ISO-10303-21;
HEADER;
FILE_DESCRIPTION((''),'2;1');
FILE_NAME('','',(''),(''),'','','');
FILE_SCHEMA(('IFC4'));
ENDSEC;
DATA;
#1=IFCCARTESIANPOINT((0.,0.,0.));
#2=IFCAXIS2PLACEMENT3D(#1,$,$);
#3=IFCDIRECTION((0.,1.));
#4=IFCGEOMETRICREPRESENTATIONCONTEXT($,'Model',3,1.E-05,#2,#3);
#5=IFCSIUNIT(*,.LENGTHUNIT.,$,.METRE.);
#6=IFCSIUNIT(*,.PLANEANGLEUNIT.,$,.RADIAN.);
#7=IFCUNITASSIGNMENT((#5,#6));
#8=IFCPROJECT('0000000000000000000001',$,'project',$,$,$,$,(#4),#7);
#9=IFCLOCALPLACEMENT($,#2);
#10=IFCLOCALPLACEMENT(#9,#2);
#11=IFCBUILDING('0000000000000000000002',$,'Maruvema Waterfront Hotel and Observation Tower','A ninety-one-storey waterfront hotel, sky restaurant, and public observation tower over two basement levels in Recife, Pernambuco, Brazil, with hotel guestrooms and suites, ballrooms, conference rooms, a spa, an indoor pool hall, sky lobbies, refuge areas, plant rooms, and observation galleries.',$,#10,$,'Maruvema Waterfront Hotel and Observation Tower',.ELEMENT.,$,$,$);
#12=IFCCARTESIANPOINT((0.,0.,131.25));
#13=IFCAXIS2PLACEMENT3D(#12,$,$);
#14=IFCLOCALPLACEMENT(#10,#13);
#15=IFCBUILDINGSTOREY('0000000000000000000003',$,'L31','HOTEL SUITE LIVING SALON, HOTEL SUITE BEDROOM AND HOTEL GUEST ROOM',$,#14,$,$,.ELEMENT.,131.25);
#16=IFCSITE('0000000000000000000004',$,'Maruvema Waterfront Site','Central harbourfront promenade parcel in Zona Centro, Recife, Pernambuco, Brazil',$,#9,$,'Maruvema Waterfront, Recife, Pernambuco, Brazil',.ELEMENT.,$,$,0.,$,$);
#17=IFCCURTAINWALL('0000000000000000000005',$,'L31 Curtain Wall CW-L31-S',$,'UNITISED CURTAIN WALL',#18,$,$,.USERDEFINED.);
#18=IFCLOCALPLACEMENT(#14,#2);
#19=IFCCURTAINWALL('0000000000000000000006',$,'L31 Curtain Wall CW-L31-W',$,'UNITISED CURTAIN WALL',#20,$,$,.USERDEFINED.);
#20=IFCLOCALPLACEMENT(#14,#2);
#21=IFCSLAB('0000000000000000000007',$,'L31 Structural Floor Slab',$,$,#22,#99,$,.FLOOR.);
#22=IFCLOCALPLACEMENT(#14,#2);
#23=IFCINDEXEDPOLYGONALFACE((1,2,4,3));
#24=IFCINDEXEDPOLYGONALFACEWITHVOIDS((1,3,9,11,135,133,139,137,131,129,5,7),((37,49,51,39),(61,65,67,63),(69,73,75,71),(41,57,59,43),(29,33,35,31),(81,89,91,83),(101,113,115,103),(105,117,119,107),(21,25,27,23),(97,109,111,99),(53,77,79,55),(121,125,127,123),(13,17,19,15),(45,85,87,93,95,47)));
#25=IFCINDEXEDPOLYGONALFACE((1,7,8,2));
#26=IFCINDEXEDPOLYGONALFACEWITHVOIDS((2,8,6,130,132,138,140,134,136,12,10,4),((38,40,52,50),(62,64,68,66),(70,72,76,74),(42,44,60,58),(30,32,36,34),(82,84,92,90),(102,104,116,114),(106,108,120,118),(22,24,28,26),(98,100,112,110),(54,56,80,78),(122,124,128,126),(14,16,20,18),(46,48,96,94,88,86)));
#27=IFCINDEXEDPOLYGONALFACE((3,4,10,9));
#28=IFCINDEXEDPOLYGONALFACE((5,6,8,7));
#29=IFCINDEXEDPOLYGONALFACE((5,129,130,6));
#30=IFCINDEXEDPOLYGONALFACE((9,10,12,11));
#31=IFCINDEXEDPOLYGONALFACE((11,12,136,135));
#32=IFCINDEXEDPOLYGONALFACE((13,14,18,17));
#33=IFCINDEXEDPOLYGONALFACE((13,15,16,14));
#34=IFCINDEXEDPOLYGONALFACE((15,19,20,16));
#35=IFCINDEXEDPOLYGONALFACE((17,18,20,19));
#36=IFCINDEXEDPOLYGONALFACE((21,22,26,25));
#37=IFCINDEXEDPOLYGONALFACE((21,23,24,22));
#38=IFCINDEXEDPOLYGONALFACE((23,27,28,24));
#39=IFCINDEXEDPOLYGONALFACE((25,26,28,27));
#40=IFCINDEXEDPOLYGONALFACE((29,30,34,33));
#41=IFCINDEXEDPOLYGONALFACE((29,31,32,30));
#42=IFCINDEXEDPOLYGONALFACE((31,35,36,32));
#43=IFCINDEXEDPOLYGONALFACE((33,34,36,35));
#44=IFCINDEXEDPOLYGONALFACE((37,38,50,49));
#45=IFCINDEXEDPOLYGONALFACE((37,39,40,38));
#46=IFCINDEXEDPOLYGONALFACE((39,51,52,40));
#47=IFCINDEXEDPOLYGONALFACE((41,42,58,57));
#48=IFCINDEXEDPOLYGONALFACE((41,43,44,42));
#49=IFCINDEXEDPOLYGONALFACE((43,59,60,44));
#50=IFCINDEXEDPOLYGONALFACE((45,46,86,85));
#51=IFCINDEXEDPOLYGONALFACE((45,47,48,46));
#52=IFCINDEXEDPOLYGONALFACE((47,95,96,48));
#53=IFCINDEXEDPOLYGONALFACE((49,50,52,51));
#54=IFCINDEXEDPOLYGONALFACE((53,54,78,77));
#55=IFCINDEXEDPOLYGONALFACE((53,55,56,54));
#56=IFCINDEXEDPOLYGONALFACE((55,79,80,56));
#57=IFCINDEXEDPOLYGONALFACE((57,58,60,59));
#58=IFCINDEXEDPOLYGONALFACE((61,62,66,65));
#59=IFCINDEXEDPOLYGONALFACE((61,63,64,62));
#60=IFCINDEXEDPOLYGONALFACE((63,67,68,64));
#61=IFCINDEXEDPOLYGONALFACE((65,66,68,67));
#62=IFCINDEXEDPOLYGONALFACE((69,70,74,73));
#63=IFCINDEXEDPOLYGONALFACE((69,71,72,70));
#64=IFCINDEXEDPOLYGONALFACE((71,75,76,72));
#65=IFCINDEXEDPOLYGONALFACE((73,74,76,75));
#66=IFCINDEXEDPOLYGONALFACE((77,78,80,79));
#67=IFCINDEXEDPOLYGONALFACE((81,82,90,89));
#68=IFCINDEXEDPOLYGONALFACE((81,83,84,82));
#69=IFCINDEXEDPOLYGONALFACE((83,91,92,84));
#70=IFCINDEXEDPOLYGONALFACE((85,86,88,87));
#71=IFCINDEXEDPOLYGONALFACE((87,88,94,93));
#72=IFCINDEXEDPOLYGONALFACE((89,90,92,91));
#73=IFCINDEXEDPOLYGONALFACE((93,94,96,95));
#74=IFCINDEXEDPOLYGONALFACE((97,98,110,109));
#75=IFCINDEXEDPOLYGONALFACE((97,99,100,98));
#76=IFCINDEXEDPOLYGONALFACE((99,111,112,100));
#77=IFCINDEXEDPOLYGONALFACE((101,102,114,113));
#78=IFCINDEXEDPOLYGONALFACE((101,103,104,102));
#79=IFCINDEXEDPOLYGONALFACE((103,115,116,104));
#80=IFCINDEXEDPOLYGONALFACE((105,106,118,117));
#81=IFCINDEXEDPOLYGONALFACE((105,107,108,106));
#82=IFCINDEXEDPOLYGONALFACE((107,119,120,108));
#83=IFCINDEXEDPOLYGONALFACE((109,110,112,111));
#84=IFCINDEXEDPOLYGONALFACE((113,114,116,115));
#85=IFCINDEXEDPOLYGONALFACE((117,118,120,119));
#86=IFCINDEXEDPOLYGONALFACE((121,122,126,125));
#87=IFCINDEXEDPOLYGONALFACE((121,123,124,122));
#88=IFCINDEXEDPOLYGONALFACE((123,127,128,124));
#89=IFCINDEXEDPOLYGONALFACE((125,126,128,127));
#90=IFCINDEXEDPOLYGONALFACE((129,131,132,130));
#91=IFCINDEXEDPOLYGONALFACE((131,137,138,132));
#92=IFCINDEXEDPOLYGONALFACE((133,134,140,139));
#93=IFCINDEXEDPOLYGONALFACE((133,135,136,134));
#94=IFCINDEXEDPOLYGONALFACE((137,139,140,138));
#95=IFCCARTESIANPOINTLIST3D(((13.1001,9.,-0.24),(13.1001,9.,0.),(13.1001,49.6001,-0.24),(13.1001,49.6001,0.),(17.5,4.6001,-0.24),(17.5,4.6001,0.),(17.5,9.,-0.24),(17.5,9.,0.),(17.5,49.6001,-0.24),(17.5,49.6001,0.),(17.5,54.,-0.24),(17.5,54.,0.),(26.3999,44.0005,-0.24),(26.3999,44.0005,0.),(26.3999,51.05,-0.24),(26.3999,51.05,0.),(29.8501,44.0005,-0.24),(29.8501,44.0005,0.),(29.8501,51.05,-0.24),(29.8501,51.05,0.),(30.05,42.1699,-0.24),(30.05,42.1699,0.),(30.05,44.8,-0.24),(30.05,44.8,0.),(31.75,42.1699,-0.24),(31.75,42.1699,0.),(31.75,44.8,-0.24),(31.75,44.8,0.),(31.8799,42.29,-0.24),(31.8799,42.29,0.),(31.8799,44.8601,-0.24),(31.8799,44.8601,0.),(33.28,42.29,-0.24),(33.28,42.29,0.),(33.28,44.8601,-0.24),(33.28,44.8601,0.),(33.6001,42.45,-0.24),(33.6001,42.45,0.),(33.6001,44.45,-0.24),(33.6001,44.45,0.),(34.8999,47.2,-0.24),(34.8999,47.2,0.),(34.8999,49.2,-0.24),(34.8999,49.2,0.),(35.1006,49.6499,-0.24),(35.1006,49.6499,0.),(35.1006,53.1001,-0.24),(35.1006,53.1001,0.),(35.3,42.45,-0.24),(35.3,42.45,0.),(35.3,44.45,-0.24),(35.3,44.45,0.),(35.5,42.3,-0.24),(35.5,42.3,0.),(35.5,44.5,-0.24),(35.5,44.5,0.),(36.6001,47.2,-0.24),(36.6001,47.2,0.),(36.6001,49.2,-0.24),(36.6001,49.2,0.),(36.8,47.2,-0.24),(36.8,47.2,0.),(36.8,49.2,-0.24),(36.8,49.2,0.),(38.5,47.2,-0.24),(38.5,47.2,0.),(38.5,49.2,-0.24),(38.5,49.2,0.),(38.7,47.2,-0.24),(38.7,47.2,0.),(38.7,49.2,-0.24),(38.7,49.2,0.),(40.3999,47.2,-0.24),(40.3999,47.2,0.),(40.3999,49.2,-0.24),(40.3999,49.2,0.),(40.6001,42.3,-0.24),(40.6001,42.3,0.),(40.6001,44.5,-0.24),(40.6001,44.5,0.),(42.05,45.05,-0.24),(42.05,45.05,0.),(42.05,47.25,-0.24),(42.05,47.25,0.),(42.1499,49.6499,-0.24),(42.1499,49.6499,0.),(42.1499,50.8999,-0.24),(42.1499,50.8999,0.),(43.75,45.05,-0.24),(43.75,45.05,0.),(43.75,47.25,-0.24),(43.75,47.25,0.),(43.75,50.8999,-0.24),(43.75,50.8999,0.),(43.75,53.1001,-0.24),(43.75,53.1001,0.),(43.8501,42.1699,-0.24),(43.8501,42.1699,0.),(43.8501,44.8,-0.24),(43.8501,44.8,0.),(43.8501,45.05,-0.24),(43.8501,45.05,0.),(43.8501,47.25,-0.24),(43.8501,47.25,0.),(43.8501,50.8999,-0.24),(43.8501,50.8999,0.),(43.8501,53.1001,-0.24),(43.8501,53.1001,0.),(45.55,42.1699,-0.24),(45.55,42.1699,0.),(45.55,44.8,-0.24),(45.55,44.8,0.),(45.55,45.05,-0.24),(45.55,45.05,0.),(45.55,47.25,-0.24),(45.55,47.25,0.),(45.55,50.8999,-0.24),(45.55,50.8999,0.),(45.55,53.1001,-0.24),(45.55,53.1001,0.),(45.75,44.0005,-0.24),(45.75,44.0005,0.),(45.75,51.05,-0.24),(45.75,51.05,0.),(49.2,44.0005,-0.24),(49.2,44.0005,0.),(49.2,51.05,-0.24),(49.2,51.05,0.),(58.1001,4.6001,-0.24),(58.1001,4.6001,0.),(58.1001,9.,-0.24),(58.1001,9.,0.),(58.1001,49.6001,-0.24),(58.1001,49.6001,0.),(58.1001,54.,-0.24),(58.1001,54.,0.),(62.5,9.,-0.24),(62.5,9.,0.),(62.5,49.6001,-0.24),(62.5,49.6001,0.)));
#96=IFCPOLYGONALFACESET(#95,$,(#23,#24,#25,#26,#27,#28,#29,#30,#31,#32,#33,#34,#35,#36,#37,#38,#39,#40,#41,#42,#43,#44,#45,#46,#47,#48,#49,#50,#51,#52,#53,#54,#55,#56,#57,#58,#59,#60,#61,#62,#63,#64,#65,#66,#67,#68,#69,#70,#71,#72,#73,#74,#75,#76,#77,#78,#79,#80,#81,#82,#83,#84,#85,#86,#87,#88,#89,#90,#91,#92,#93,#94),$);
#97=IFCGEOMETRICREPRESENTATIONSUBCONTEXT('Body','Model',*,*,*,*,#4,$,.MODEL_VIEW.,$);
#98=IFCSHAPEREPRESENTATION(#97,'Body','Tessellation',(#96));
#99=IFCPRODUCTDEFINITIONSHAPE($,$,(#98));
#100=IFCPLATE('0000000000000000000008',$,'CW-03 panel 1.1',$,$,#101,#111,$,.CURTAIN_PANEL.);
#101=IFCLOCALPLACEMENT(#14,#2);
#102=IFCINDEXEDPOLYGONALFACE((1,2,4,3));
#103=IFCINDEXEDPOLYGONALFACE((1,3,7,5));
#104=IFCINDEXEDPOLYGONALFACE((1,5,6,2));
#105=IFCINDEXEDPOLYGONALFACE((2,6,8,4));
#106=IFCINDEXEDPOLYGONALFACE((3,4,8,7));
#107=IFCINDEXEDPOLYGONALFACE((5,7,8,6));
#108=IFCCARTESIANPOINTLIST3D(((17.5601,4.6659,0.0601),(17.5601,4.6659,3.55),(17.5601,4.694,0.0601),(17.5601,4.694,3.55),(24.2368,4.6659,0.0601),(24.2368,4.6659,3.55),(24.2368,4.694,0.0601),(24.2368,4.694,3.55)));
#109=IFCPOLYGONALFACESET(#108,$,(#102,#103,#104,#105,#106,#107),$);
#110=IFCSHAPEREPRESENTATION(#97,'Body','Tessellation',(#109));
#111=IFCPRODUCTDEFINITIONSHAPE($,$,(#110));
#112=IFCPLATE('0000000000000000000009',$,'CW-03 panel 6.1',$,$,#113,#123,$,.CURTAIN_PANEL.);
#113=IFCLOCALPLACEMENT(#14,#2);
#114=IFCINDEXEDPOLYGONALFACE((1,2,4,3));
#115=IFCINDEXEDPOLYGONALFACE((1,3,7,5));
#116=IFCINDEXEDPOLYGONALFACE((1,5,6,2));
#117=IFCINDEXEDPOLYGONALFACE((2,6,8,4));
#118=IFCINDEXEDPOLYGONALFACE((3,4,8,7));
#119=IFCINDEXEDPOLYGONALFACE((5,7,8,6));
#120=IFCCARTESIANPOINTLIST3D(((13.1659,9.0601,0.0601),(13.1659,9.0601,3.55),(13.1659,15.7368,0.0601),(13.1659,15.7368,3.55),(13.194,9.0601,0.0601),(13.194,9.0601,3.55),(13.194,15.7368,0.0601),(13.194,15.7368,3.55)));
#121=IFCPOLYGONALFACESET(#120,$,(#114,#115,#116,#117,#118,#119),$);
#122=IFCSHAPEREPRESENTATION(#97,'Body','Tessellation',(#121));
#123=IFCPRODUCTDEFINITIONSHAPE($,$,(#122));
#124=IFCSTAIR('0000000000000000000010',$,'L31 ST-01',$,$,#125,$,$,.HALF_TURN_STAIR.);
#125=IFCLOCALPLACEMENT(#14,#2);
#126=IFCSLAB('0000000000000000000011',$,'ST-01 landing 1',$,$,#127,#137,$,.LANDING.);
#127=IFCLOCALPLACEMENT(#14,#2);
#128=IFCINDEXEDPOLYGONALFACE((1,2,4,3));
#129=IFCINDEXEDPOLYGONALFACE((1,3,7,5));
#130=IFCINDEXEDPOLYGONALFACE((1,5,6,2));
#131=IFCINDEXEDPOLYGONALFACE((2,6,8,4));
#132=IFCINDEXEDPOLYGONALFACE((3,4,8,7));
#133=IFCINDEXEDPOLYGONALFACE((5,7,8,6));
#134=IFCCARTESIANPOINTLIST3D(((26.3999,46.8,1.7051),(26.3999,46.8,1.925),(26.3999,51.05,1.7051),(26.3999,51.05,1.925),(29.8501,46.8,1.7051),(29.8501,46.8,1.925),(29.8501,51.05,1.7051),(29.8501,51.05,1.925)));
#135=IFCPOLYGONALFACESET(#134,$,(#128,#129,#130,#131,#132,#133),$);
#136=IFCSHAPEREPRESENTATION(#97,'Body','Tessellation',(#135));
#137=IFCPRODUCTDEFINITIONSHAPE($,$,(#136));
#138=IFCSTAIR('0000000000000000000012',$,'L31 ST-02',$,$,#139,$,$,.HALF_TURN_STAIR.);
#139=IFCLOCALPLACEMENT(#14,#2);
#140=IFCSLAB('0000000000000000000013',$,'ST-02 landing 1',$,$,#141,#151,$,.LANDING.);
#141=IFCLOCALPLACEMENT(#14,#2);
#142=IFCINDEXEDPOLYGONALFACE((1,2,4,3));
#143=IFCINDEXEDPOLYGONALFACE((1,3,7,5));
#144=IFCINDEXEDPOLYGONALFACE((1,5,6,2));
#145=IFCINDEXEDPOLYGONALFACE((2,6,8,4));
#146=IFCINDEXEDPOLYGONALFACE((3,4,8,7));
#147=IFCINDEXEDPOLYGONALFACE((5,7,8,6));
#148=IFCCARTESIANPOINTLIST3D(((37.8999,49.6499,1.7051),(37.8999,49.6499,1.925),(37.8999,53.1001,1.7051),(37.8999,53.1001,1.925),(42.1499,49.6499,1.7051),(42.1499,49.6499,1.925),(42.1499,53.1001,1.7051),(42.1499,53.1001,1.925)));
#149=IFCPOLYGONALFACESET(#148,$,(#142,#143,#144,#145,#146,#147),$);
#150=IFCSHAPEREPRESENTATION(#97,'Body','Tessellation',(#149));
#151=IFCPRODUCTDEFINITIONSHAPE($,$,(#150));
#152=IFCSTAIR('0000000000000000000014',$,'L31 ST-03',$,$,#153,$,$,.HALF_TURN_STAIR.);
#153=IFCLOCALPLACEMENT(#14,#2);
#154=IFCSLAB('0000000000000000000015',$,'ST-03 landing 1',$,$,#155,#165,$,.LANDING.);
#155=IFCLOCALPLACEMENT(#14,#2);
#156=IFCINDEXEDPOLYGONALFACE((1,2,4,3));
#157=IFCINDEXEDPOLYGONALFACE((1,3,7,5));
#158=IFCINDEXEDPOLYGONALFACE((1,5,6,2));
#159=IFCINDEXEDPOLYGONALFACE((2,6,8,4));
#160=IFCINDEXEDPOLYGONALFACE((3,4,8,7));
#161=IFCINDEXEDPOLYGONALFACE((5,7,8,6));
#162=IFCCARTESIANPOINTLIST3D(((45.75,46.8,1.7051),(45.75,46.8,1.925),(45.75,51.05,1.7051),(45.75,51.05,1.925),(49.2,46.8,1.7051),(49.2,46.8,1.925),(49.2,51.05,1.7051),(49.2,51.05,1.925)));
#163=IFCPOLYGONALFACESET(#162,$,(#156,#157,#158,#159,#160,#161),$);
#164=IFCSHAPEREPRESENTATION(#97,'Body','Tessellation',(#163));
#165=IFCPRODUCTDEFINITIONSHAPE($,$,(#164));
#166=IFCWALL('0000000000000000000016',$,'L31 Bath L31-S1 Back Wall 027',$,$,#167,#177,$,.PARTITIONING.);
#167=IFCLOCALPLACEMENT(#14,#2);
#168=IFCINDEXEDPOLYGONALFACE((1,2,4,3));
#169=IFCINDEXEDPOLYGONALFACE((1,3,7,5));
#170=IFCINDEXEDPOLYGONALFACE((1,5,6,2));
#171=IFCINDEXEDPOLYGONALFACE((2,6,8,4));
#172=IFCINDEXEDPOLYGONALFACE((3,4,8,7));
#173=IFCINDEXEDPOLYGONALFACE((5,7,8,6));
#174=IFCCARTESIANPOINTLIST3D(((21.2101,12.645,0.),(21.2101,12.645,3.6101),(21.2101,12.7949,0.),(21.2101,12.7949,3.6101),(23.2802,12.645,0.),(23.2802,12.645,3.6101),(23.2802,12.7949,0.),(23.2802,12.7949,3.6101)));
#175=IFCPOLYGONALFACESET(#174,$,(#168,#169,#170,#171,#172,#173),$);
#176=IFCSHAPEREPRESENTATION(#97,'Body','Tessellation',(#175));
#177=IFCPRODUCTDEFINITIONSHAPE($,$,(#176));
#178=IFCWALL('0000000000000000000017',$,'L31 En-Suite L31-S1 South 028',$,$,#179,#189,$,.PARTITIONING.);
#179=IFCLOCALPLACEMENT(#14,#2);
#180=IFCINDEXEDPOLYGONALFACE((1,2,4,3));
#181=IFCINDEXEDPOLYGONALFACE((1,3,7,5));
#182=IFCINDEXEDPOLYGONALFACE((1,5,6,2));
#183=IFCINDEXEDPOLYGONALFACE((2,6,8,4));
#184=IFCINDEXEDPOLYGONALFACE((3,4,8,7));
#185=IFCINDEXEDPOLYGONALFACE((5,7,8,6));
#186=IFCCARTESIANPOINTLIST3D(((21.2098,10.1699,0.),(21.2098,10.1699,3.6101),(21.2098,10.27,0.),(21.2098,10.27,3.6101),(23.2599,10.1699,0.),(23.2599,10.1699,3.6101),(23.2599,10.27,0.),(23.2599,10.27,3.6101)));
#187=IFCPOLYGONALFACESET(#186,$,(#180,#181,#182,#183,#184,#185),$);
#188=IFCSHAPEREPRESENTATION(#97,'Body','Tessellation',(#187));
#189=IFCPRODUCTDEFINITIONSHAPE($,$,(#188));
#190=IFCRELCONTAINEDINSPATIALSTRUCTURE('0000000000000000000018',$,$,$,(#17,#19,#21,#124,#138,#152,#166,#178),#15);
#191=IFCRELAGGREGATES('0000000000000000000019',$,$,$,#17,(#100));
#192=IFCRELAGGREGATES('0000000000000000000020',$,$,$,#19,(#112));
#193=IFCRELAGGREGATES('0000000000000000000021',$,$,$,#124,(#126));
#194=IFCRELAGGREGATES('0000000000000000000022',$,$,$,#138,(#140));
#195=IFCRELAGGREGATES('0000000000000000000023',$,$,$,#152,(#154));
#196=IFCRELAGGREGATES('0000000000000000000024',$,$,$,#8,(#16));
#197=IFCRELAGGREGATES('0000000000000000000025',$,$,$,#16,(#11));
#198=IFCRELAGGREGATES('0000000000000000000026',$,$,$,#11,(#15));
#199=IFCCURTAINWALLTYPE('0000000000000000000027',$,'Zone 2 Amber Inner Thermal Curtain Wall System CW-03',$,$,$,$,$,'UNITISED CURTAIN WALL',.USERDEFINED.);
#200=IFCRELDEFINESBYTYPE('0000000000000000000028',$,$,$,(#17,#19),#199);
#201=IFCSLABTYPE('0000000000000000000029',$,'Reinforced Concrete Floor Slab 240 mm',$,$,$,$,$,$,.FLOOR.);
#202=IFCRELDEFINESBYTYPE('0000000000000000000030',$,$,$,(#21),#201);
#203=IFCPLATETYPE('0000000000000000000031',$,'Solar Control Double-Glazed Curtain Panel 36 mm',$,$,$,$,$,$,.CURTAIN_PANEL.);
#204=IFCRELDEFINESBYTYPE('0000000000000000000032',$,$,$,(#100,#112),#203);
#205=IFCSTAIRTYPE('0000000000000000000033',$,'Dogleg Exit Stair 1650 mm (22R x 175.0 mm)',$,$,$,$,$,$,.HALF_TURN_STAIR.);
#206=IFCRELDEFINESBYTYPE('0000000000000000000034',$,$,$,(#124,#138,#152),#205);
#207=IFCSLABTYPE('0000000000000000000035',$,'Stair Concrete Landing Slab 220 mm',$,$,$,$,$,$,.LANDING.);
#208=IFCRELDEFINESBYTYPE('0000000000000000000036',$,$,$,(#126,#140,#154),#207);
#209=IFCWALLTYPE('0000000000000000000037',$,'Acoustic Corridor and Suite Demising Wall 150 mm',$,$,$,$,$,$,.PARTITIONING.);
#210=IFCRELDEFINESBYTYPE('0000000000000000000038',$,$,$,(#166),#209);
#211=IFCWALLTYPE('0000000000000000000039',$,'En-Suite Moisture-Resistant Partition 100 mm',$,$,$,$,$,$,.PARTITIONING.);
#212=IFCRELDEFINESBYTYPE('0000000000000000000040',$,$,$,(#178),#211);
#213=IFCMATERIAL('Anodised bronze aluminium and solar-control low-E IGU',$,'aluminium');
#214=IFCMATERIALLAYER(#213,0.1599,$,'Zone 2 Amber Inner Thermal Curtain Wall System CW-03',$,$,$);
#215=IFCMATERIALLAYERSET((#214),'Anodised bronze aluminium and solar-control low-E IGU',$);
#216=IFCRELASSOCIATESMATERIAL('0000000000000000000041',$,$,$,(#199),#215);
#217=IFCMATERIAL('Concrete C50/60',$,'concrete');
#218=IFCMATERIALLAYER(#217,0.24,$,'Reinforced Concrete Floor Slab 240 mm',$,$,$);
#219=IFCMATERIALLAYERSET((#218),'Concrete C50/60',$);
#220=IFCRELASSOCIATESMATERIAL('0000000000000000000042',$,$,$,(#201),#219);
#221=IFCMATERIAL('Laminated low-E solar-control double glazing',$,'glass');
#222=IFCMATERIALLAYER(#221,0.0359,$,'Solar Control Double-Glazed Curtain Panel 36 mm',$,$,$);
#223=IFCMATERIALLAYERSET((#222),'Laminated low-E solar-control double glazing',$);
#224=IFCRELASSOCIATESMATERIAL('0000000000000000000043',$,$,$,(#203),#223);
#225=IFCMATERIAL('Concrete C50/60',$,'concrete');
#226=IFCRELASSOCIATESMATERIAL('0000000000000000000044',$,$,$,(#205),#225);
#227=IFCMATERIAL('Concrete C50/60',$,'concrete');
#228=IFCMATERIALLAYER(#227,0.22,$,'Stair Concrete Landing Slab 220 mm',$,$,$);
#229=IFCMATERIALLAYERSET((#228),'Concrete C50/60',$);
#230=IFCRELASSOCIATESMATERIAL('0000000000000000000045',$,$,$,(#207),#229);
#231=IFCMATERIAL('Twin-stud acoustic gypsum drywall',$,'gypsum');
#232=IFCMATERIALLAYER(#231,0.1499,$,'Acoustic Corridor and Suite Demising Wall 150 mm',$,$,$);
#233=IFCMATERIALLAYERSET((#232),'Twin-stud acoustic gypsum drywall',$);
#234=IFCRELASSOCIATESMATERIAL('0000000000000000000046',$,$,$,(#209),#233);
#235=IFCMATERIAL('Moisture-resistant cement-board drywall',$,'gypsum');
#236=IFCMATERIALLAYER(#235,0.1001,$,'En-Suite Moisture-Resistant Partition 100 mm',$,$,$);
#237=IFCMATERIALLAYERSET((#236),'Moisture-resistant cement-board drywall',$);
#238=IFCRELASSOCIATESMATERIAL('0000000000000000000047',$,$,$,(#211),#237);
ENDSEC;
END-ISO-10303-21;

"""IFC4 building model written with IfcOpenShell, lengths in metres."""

from ifc_helpers import new_model, si_unit, direction, frame, frame_2d, origin, origin_2d, place, context, subcontext, project, spatial, polyline, rectangle, outline, extrude, material, layer, layer_set, type_object, element, aggregate, save


model = new_model("IFC4")

# Units and contexts
model_context = context("Model", 3, precision=1e-05, world=origin(), true_north=direction((0.0, 1.0)))
body_context = subcontext(model_context, "Body", "Model", "MODEL_VIEW")
ifc_project = project(units=[si_unit("LENGTHUNIT", "METRE"), si_unit("PLANEANGLEUNIT", "RADIAN")], contexts=[model_context])

# Site, building, storey
site_placement = place(None, origin())
site = spatial("IfcSite", under=ifc_project, at=site_placement, Name="Maruvema Waterfront Site", Description="Central harbourfront promenade parcel in Zona Centro, Recife, Pernambuco, Brazil", LongName="Maruvema Waterfront, Recife, Pernambuco, Brazil", CompositionType="ELEMENT", RefElevation=0.0)
building_placement = place(site_placement, origin())
building = spatial("IfcBuilding", under=site, at=building_placement, Name="Maruvema Waterfront Hotel and Observation Tower", Description="A ninety-one-storey waterfront hotel, sky restaurant, and public observation tower over two basement levels in Recife, Pernambuco, Brazil, with hotel guestrooms and suites, ballrooms, conference rooms, a spa, an indoor pool hall, sky lobbies, refuge areas, plant rooms, and observation galleries.", LongName="Maruvema Waterfront Hotel and Observation Tower", CompositionType="ELEMENT")
storey_placement = place(building_placement, frame((0.0, 0.0, 131.25)))
storey = spatial("IfcBuildingStorey", under=building, at=storey_placement, Name="L31", Description="HOTEL SUITE LIVING SALON, HOTEL SUITE BEDROOM AND HOTEL GUEST ROOM", CompositionType="ELEMENT", Elevation=131.25)

# Curtain wall
ifc_material_1 = material(Name="Anodised bronze aluminium and solar-control low-E IGU", Category="aluminium")
ifc_layer_1 = layer(ifc_material_1, 0.1599, Name="Zone 2 Amber Inner Thermal Curtain Wall System CW-03")
ifc_layer_set_1 = layer_set([ifc_layer_1], Name="Anodised bronze aluminium and solar-control low-E IGU")
curtain_wall_type = type_object("IfcCurtainWallType", Name="Zone 2 Amber Inner Thermal Curtain Wall System CW-03", ElementType="UNITISED CURTAIN WALL", PredefinedType="USERDEFINED", material=ifc_layer_set_1)
curtain_wall_1_placement = place(storey_placement, origin())
curtain_wall_1 = element("IfcCurtainWall", 1, at=curtain_wall_1_placement, inside=storey, type_object=curtain_wall_type, Name="L31 Curtain Wall CW-L31-S", ObjectType="UNITISED CURTAIN WALL", PredefinedType="USERDEFINED")

# Curtain wall
curtain_wall_2_placement = place(storey_placement, origin())
curtain_wall_2 = element("IfcCurtainWall", 2, at=curtain_wall_2_placement, inside=storey, type_object=curtain_wall_type, Name="L31 Curtain Wall CW-L31-W", ObjectType="UNITISED CURTAIN WALL", PredefinedType="USERDEFINED")

# Slab
ifc_material_2 = material(Name="Concrete C50/60", Category="concrete")
ifc_layer_2 = layer(ifc_material_2, 0.24, Name="Reinforced Concrete Floor Slab 240 mm")
ifc_layer_set_2 = layer_set([ifc_layer_2], Name="Concrete C50/60")
slab_type_1 = type_object("IfcSlabType", Name="Reinforced Concrete Floor Slab 240 mm", PredefinedType="FLOOR", material=ifc_layer_set_2)
slab_1_placement = place(storey_placement, frame((0.0, 0.0, -0.24)))
element("IfcSlab", 3, at=slab_1_placement, inside=storey, type_object=slab_type_1, Name="L31 Structural Floor Slab", PredefinedType="FLOOR", context=body_context, shape_type="SweptSolid", body=[
    extrude(outline(polyline([(17.5, 4.6001), (58.1001, 4.6001), (58.1001, 9.0), (62.5, 9.0), (62.5, 49.6001), (58.1001, 49.6001), (58.1001, 54.0), (17.5, 54.0), (17.5, 49.6001), (13.1001, 49.6001), (13.1001, 9.0), (17.5, 9.0), (17.5, 4.6001)]), holes=[polyline([(26.3999, 44.0005), (26.3999, 51.05), (29.8501, 51.05), (29.8501, 44.0005), (26.3999, 44.0005)]), polyline([(30.05, 44.8), (31.75, 44.8), (31.75, 42.1699), (30.05, 42.1699), (30.05, 44.8)]), polyline([(31.8799, 44.8601), (33.28, 44.8601), (33.28, 42.29), (31.8799, 42.29), (31.8799, 44.8601)]), polyline([(33.6001, 44.45), (35.3, 44.45), (35.3, 42.45), (33.6001, 42.45), (33.6001, 44.45)]), polyline([(34.8999, 49.2), (36.6001, 49.2), (36.6001, 47.2), (34.8999, 47.2), (34.8999, 49.2)]), polyline([(36.8, 49.2), (38.5, 49.2), (38.5, 47.2), (36.8, 47.2), (36.8, 49.2)]), polyline([(35.5, 42.3), (35.5, 44.5), (40.6001, 44.5), (40.6001, 42.3), (35.5, 42.3)]), polyline([(35.1006, 53.1001), (43.75, 53.1001), (43.75, 50.8999), (42.1499, 50.8999), (42.1499, 49.6499), (35.1006, 49.6499), (35.1006, 53.1001)]), polyline([(38.7, 49.2), (40.3999, 49.2), (40.3999, 47.2), (38.7, 47.2), (38.7, 49.2)]), polyline([(42.05, 47.25), (43.75, 47.25), (43.75, 45.05), (42.05, 45.05), (42.05, 47.25)]), polyline([(43.8501, 44.8), (45.55, 44.8), (45.55, 42.1699), (43.8501, 42.1699), (43.8501, 44.8)]), polyline([(43.8501, 47.25), (45.55, 47.25), (45.55, 45.05), (43.8501, 45.05), (43.8501, 47.25)]), polyline([(45.55, 53.1001), (45.55, 50.8999), (43.8501, 50.8999), (43.8501, 53.1001), (45.55, 53.1001)]), polyline([(45.75, 44.0005), (45.75, 51.05), (49.2, 51.05), (49.2, 44.0005), (45.75, 44.0005)])]), origin(), (0.0, 0.0, 1.0), 0.24),
])

# Plates
ifc_material_3 = material(Name="Laminated low-E solar-control double glazing", Category="glass")
ifc_layer_3 = layer(ifc_material_3, 0.0359, Name="Solar Control Double-Glazed Curtain Panel 36 mm")
ifc_layer_set_3 = layer_set([ifc_layer_3], Name="Laminated low-E solar-control double glazing")
plate_type = type_object("IfcPlateType", Name="Solar Control Double-Glazed Curtain Panel 36 mm", PredefinedType="CURTAIN_PANEL", material=ifc_layer_set_3)
plate_1_placement = place(storey_placement, frame((20.8984, 4.6799, 0.0601), z_axis=(0.0, 0.0, 1.0), x_axis=(1.0, 0.0, 0.0)))
plate_1 = element("IfcPlate", 4, at=plate_1_placement, type_object=plate_type, Name="CW-03 panel 1.1", PredefinedType="CURTAIN_PANEL", context=body_context, shape_type="SweptSolid", body=[
    extrude(rectangle(XDim=6.6768, YDim=0.0281, at=origin_2d()), origin(), (0.0, 0.0, 1.0), 3.49),
])
aggregate(curtain_wall_1, [plate_1])
plate_2_placement = place(storey_placement, frame((13.1799, 12.3984, 0.0601), z_axis=(0.0, 0.0, 1.0), x_axis=(0.0, -1.0, 0.0)))
plate_2 = element("IfcPlate", 5, at=plate_2_placement, type_object=plate_type, Name="CW-03 panel 6.1", PredefinedType="CURTAIN_PANEL", context=body_context, shape_type="SweptSolid", body=[
    extrude(rectangle(XDim=6.6768, YDim=0.0281, at=origin_2d()), origin(), (0.0, 0.0, 1.0), 3.49),
])
aggregate(curtain_wall_2, [plate_2])

# Stairs, slabs
ifc_material_4 = material(Name="Concrete C50/60", Category="concrete")
stair_type = type_object("IfcStairType", Name="Dogleg Exit Stair 1650 mm (22R x 175.0 mm)", PredefinedType="HALF_TURN_STAIR", material=ifc_material_4)
stair_1_placement = place(storey_placement, origin())
stair_1 = element("IfcStair", 6, at=stair_1_placement, inside=storey, type_object=stair_type, Name="L31 ST-01", PredefinedType="HALF_TURN_STAIR")
ifc_material_5 = material(Name="Concrete C50/60", Category="concrete")
ifc_layer_4 = layer(ifc_material_5, 0.22, Name="Stair Concrete Landing Slab 220 mm")
ifc_layer_set_4 = layer_set([ifc_layer_4], Name="Concrete C50/60")
slab_type_2 = type_object("IfcSlabType", Name="Stair Concrete Landing Slab 220 mm", PredefinedType="LANDING", material=ifc_layer_set_4)
slab_2_placement = place(storey_placement, frame((0.0, 0.0, 1.7051)))
slab_2 = element("IfcSlab", 7, at=slab_2_placement, type_object=slab_type_2, Name="ST-01 landing 1", PredefinedType="LANDING", context=body_context, shape_type="SweptSolid", body=[
    extrude(outline(polyline([(29.8501, 46.8), (29.8501, 51.05), (26.3999, 51.05), (26.3999, 46.8), (29.8501, 46.8)])), origin(), (0.0, 0.0, 1.0), 0.22),
])
aggregate(stair_1, [slab_2])
stair_2_placement = place(storey_placement, origin())
stair_2 = element("IfcStair", 8, at=stair_2_placement, inside=storey, type_object=stair_type, Name="L31 ST-02", PredefinedType="HALF_TURN_STAIR")
slab_3_placement = place(storey_placement, frame((0.0, 0.0, 1.7051)))
slab_3 = element("IfcSlab", 9, at=slab_3_placement, type_object=slab_type_2, Name="ST-02 landing 1", PredefinedType="LANDING", context=body_context, shape_type="SweptSolid", body=[
    extrude(outline(polyline([(37.8999, 49.6499), (42.1499, 49.6499), (42.1499, 53.1001), (37.8999, 53.1001), (37.8999, 49.6499)])), origin(), (0.0, 0.0, 1.0), 0.22),
])
aggregate(stair_2, [slab_3])
stair_3_placement = place(storey_placement, origin())
stair_3 = element("IfcStair", 10, at=stair_3_placement, inside=storey, type_object=stair_type, Name="L31 ST-03", PredefinedType="HALF_TURN_STAIR")
slab_4_placement = place(storey_placement, frame((0.0, 0.0, 1.7051)))
slab_4 = element("IfcSlab", 11, at=slab_4_placement, type_object=slab_type_2, Name="ST-03 landing 1", PredefinedType="LANDING", context=body_context, shape_type="SweptSolid", body=[
    extrude(outline(polyline([(49.2, 46.8), (49.2, 51.05), (45.75, 51.05), (45.75, 46.8), (49.2, 46.8)])), origin(), (0.0, 0.0, 1.0), 0.22),
])
aggregate(stair_3, [slab_4])

# Wall
ifc_material_6 = material(Name="Twin-stud acoustic gypsum drywall", Category="gypsum")
ifc_layer_5 = layer(ifc_material_6, 0.1499, Name="Acoustic Corridor and Suite Demising Wall 150 mm")
ifc_layer_set_5 = layer_set([ifc_layer_5], Name="Twin-stud acoustic gypsum drywall")
wall_type_1 = type_object("IfcWallType", Name="Acoustic Corridor and Suite Demising Wall 150 mm", PredefinedType="PARTITIONING", material=ifc_layer_set_5)
wall_1_placement = place(storey_placement, frame((21.21, 12.72, 0.0), z_axis=(0.0, 0.0, 1.0), x_axis=(1.0, 0.0, 0.0)))
element("IfcWall", 12, at=wall_1_placement, inside=storey, type_object=wall_type_1, Name="L31 Bath L31-S1 Back Wall 027", PredefinedType="PARTITIONING", context=body_context, shape_type="SweptSolid", body=[
    extrude(rectangle(XDim=2.0701, YDim=0.1499, at=frame_2d((1.0352, 0.0))), origin(), (0.0, 0.0, 1.0), 3.6101),
])

# Wall
ifc_material_7 = material(Name="Moisture-resistant cement-board drywall", Category="gypsum")
ifc_layer_6 = layer(ifc_material_7, 0.1001, Name="En-Suite Moisture-Resistant Partition 100 mm")
ifc_layer_set_6 = layer_set([ifc_layer_6], Name="Moisture-resistant cement-board drywall")
wall_type_2 = type_object("IfcWallType", Name="En-Suite Moisture-Resistant Partition 100 mm", PredefinedType="PARTITIONING", material=ifc_layer_set_6)
wall_2_placement = place(storey_placement, frame((21.21, 10.22, 0.0), z_axis=(0.0, 0.0, 1.0), x_axis=(1.0, 0.0, 0.0)))
element("IfcWall", 13, at=wall_2_placement, inside=storey, type_object=wall_type_2, Name="L31 En-Suite L31-S1 South 028", PredefinedType="PARTITIONING", context=body_context, shape_type="SweptSolid", body=[
    extrude(rectangle(XDim=2.05, YDim=0.1001, at=frame_2d((1.0249, 0.0))), origin(), (0.0, 0.0, 1.0), 3.6101),
])

save(model, "model.ifc")
